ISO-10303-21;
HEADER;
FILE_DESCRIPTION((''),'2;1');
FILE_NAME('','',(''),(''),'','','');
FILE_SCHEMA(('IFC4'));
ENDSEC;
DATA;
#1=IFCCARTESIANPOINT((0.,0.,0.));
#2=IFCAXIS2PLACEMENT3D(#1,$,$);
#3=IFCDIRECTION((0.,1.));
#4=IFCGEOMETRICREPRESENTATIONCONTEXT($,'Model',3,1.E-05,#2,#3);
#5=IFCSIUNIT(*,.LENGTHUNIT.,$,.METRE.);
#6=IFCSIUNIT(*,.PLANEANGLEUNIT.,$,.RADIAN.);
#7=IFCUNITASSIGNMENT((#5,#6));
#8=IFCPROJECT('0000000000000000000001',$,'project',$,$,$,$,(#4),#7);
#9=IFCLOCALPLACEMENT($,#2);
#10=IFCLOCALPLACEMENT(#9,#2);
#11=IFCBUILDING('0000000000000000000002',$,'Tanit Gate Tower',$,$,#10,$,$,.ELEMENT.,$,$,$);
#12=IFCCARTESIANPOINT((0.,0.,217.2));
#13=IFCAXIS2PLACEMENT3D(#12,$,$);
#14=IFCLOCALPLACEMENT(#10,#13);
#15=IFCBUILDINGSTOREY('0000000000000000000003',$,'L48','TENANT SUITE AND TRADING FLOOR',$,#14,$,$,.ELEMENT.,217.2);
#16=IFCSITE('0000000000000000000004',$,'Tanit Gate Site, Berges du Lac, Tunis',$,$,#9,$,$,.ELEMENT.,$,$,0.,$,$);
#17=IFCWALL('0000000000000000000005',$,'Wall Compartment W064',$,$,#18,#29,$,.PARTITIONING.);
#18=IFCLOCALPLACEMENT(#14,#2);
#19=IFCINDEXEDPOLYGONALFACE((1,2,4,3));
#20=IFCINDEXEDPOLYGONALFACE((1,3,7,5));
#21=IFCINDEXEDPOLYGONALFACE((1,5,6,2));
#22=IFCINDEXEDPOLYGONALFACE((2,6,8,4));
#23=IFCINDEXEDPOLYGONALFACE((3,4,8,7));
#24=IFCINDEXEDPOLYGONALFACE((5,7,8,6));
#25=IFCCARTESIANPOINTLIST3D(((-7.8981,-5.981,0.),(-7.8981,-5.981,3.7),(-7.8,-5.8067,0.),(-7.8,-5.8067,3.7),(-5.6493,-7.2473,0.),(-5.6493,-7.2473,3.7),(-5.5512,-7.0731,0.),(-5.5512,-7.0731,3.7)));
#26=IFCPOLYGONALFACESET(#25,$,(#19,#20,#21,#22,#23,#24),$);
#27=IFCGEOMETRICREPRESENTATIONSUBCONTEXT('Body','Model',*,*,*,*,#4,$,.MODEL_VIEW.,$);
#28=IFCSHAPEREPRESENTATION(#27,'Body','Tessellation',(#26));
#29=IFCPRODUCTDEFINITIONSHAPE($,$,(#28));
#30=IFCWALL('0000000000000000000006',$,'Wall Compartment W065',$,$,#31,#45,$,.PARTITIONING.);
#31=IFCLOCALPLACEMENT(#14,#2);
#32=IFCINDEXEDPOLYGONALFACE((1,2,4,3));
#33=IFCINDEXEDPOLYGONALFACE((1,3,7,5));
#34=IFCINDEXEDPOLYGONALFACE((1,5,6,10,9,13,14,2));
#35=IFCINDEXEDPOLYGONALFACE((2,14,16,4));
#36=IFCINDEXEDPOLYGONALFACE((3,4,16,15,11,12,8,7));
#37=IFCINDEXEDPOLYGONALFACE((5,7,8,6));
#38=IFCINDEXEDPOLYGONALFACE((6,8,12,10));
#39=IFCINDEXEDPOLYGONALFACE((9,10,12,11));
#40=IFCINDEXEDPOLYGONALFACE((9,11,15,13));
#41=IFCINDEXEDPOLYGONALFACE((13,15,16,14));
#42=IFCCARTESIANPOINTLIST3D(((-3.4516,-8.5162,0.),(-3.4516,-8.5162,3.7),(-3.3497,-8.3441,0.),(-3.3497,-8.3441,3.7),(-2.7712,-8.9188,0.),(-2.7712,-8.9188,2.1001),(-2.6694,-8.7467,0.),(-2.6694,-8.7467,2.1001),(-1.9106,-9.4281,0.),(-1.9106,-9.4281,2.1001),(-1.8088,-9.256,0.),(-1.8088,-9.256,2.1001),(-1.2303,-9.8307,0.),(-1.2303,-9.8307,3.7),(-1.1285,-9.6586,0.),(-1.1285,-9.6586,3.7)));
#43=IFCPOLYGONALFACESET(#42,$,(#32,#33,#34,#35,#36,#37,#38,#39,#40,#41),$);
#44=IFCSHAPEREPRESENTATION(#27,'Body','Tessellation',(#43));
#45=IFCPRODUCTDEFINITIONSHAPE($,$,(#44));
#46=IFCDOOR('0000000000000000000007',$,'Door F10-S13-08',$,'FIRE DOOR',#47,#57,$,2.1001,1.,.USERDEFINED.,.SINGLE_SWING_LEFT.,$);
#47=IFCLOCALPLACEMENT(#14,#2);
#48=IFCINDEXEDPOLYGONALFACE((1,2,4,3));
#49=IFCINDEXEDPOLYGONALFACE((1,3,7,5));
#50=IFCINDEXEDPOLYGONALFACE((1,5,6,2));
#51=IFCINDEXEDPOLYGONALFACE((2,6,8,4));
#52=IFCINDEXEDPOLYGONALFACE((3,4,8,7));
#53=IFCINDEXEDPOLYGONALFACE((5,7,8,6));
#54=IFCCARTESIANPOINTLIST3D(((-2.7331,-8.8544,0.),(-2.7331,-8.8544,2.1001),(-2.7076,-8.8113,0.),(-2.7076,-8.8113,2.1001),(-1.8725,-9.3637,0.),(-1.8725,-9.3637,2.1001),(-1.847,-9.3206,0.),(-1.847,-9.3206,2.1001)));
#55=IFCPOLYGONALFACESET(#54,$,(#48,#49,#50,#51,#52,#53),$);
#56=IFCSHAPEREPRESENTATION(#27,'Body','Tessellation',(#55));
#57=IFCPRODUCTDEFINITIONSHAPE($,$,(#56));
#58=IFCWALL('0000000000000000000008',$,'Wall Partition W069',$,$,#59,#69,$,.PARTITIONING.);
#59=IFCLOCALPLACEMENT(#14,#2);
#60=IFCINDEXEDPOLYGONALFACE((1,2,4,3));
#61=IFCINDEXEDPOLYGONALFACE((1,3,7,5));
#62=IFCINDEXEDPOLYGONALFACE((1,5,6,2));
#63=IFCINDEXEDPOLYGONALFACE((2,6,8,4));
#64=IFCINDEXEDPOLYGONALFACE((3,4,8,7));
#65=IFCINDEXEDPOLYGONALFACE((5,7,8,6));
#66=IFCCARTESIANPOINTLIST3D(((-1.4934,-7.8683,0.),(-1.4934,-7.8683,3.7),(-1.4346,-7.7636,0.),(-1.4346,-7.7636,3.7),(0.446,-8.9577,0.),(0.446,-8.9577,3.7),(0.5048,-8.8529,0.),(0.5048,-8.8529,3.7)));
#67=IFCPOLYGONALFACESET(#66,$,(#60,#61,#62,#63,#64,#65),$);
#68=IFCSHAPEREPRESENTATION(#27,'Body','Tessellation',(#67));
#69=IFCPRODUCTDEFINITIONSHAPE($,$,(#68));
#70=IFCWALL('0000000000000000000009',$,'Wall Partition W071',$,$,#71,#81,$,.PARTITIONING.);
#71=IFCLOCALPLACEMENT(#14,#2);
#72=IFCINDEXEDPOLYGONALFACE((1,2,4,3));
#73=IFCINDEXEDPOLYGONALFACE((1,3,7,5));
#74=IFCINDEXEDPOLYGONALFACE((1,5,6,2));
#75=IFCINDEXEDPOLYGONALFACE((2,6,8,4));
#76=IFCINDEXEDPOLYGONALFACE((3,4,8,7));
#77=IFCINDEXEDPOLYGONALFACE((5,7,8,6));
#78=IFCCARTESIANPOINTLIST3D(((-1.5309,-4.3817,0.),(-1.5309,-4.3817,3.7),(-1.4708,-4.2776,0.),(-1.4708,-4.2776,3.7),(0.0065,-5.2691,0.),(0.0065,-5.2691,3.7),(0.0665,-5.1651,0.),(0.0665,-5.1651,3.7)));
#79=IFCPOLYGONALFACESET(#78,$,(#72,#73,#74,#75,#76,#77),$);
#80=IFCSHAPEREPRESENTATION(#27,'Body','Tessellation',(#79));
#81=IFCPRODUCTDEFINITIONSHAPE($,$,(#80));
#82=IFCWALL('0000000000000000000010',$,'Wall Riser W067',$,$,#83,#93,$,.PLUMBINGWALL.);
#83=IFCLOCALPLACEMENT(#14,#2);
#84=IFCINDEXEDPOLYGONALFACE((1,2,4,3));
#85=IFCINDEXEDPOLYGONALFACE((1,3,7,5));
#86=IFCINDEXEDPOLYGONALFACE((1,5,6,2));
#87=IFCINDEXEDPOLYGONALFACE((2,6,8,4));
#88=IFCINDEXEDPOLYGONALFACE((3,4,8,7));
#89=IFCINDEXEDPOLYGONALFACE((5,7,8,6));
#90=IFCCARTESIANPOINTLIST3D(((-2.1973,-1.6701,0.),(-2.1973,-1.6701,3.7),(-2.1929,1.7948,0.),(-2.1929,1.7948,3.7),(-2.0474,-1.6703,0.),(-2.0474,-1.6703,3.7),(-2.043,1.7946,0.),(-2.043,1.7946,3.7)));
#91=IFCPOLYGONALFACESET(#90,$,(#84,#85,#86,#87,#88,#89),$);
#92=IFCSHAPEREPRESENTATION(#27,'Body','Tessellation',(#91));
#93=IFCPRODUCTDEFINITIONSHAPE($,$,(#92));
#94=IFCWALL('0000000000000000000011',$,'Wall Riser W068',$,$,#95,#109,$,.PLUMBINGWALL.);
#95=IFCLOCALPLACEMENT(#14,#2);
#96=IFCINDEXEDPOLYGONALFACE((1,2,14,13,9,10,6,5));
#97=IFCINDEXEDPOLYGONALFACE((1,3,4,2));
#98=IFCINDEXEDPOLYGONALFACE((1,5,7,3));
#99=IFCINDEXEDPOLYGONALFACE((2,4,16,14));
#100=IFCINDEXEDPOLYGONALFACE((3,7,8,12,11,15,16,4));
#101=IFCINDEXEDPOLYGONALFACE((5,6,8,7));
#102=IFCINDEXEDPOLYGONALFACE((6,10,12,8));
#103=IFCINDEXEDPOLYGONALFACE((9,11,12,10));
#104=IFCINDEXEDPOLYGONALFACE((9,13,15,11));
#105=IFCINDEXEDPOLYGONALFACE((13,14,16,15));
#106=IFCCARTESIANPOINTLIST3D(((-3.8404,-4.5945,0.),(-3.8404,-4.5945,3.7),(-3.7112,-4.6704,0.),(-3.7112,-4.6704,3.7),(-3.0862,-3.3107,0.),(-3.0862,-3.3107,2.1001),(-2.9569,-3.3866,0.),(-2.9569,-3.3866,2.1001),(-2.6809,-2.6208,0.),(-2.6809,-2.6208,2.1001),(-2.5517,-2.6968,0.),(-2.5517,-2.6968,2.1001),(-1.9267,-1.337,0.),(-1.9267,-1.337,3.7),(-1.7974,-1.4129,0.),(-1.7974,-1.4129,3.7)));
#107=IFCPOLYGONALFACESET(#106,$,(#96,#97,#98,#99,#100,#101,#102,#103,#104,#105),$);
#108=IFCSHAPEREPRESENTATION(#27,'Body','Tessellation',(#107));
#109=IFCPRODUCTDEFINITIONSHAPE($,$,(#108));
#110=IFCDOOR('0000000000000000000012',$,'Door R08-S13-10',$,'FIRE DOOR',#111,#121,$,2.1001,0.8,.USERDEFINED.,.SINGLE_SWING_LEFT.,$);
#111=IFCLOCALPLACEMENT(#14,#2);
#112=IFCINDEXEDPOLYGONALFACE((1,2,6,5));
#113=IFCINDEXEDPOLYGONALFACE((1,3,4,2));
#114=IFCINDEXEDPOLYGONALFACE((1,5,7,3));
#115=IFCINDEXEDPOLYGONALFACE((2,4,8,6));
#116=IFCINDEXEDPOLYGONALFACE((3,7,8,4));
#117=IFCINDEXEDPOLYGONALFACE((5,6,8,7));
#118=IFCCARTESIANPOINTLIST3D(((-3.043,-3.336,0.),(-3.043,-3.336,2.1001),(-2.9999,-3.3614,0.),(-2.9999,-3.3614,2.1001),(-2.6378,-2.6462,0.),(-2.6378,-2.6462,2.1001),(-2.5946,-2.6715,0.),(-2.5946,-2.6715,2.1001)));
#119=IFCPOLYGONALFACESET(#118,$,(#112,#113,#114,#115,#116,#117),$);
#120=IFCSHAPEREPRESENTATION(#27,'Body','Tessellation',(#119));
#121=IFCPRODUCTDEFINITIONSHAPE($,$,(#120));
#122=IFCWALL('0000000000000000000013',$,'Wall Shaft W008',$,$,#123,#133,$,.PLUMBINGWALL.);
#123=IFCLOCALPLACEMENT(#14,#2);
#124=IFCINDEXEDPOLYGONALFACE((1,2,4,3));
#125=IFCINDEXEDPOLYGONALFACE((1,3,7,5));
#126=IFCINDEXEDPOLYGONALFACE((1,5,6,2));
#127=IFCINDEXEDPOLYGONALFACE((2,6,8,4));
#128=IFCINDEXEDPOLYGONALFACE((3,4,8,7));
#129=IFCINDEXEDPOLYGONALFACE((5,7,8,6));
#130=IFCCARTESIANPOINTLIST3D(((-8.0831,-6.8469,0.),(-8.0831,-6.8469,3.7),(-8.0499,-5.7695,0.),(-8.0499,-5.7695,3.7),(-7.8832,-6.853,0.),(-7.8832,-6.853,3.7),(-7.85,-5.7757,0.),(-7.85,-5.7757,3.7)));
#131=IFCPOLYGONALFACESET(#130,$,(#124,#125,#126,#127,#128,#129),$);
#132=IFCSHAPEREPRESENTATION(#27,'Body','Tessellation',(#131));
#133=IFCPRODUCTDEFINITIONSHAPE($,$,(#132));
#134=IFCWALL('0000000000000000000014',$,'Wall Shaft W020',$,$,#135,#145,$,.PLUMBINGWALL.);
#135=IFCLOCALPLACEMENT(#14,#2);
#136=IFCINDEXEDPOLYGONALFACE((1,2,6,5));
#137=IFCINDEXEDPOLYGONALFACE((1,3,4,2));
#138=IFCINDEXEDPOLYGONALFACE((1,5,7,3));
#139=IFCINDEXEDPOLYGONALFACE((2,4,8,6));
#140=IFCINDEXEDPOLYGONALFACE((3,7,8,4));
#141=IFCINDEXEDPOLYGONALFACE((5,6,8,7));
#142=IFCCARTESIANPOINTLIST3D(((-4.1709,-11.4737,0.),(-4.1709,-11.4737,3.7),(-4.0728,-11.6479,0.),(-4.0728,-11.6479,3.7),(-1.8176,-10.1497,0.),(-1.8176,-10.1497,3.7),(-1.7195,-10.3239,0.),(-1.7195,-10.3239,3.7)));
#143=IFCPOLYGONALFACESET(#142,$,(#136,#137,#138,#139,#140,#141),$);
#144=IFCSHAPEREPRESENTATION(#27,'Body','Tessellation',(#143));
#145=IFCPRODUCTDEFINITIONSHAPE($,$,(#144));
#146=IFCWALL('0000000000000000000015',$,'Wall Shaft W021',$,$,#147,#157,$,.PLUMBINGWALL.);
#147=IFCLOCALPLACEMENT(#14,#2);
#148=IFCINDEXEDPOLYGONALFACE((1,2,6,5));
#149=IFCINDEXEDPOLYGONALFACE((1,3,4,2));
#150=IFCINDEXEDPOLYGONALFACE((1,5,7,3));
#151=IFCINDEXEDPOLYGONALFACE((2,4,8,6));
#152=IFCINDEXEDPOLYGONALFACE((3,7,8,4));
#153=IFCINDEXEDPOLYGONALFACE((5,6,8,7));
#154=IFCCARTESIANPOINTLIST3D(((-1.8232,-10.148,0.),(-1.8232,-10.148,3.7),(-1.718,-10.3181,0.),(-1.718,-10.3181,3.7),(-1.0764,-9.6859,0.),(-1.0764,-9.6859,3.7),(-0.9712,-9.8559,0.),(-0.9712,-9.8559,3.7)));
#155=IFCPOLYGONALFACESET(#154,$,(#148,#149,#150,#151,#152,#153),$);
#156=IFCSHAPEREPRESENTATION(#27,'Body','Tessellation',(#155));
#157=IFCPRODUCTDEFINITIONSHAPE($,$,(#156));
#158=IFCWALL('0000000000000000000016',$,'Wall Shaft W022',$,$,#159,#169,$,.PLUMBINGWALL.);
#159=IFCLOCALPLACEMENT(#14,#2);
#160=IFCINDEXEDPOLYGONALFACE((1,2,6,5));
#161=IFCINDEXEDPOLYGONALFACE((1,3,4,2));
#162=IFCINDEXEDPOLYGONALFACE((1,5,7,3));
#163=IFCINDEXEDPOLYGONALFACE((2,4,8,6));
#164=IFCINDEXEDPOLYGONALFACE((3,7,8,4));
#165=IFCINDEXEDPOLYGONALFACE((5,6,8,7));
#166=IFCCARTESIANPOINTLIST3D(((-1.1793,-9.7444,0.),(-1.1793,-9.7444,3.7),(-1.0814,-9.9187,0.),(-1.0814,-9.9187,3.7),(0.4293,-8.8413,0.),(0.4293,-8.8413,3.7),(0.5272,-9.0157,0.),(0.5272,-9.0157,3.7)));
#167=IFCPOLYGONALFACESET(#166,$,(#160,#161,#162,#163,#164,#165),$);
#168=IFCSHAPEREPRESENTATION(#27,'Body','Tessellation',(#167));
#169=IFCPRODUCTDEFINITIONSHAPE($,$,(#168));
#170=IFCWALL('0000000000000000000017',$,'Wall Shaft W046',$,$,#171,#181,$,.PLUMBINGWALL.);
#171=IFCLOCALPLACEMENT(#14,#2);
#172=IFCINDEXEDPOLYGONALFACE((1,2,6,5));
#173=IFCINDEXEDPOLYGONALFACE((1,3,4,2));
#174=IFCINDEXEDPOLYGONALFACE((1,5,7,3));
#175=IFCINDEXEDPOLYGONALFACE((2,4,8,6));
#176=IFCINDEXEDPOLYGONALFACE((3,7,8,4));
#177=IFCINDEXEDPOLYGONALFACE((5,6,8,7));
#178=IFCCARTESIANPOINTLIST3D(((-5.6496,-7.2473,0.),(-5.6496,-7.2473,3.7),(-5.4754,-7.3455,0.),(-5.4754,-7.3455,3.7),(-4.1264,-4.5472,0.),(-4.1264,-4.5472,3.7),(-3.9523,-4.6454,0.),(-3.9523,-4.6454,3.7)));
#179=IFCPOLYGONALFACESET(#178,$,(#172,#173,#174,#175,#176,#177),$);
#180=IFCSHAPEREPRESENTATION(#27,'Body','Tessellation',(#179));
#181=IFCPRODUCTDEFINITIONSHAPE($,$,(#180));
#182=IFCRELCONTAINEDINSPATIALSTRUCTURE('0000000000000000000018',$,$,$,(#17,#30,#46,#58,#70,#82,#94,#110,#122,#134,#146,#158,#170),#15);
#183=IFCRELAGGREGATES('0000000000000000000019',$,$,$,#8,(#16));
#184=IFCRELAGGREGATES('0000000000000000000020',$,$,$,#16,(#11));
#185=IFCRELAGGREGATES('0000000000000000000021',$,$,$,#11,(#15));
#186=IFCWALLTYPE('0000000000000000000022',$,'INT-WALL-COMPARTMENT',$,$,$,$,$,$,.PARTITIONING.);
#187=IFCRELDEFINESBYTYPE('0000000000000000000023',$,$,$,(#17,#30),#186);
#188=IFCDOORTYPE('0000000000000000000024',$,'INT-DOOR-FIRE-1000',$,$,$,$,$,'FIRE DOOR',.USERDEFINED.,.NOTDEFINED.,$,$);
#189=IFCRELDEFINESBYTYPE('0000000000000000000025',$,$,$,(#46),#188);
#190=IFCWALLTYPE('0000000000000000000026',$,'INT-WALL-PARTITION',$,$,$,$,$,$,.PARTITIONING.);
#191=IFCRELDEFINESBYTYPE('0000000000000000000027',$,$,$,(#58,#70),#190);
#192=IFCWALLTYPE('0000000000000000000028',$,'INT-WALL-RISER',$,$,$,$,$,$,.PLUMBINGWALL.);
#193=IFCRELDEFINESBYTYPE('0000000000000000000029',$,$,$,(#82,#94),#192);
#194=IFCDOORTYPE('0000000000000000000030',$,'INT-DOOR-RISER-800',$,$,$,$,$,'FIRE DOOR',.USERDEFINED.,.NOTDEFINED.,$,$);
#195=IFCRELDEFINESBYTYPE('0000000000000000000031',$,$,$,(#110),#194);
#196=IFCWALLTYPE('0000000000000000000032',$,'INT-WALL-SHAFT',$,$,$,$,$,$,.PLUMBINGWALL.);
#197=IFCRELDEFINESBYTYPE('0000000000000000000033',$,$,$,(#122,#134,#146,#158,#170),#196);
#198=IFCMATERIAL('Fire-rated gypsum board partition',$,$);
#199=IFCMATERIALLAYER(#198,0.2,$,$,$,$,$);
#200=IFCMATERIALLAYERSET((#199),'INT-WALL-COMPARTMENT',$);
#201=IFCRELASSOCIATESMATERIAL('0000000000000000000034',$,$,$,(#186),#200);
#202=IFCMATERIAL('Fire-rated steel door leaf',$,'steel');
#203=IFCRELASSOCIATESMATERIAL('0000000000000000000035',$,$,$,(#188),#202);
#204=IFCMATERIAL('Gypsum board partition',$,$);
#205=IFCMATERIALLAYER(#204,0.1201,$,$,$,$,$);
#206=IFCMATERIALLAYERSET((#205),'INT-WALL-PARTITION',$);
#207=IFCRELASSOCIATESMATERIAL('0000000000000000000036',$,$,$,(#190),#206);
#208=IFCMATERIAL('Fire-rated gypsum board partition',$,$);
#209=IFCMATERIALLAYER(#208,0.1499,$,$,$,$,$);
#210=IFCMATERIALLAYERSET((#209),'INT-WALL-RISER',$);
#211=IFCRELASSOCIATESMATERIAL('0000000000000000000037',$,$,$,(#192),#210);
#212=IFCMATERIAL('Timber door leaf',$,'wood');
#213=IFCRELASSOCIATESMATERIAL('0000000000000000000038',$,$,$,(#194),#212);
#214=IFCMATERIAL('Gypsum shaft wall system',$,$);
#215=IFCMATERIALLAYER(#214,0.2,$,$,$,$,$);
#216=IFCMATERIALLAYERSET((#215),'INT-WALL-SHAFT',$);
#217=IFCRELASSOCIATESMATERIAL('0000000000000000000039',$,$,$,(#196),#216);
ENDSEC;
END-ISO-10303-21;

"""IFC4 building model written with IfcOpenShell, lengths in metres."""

from ifc_helpers import new_model, si_unit, direction, frame, frame_2d, origin, place, context, subcontext, project, spatial, rectangle, extrude, material, layer, layer_set, type_object, element, fill, save


model = new_model("IFC4")

# Units and contexts
model_context = context("Model", 3, precision=1e-05, world=origin(), true_north=direction((0.0, 1.0)))
body_context = subcontext(model_context, "Body", "Model", "MODEL_VIEW")
ifc_project = project(units=[si_unit("LENGTHUNIT", "METRE"), si_unit("PLANEANGLEUNIT", "RADIAN")], contexts=[model_context])

# Site, building, storey
site_placement = place(None, origin())
site = spatial("IfcSite", under=ifc_project, at=site_placement, Name="Tanit Gate Site, Berges du Lac, Tunis", CompositionType="ELEMENT", RefElevation=0.0)
building_placement = place(site_placement, origin())
building = spatial("IfcBuilding", under=site, at=building_placement, Name="Tanit Gate Tower", CompositionType="ELEMENT")
storey_placement = place(building_placement, frame((0.0, 0.0, 217.2)))
storey = spatial("IfcBuildingStorey", under=building, at=storey_placement, Name="L48", Description="TENANT SUITE AND TRADING FLOOR", CompositionType="ELEMENT", Elevation=217.2)

# Wall
ifc_material_1 = material(Name="Fire-rated gypsum board partition")
ifc_layer_1 = layer(ifc_material_1, 0.2)
ifc_layer_set_1 = layer_set([ifc_layer_1], Name="INT-WALL-COMPARTMENT")
wall_type_1 = type_object("IfcWallType", Name="INT-WALL-COMPARTMENT", PredefinedType="PARTITIONING", material=ifc_layer_set_1)
wall_1_placement = place(storey_placement, frame((-7.8491, -5.8938, 0.0), z_axis=(0.0, 0.0, 1.0), x_axis=(0.87134, -0.490679, 0.0)))
element("IfcWall", 1, at=wall_1_placement, inside=storey, type_object=wall_type_1, Name="Wall Compartment W064", PredefinedType="PARTITIONING", context=body_context, shape_type="SweptSolid", body=[
    extrude(rectangle(XDim=2.5808, YDim=0.2, at=frame_2d((1.2905, 0.0))), origin(), (0.0, 0.0, 1.0), 3.7),
])

# Wall, opening, door
wall_2_placement = place(storey_placement, frame((-3.4006, -8.4302, 0.0), z_axis=(0.0, 0.0, 1.0), x_axis=(0.860599, -0.509284, 0.0)))
wall_2 = element("IfcWall", 2, at=wall_2_placement, inside=storey, type_object=wall_type_1, Name="Wall Compartment W065", PredefinedType="PARTITIONING", context=body_context, shape_type="SweptSolid", body=[
    extrude(rectangle(XDim=2.5811, YDim=0.2, at=frame_2d((1.2905, 0.0))), origin(), (0.0, 0.0, 1.0), 3.7),
])
opening_1_placement = place(wall_2_placement, frame((0.7905, 0.0, 0.0)))
opening_1 = element("IfcOpeningElement", 3, at=opening_1_placement, cuts=wall_2, PredefinedType="OPENING", context=body_context, shape_type="SweptSolid", body=[
    extrude(rectangle(XDim=1.0, YDim=2.1001, at=frame_2d((0.5, 1.05))), frame((0.0, 0.1099, 0.0), z_axis=(0.0, -1.0, 0.0), x_axis=(1.0, 0.0, 0.0)), (0.0, 0.0, 1.0), 0.22),
])
ifc_material_2 = material(Name="Fire-rated steel door leaf", Category="steel")
door_type_1 = type_object("IfcDoorType", Name="INT-DOOR-FIRE-1000", ElementType="FIRE DOOR", OperationType="NOTDEFINED", PredefinedType="USERDEFINED", material=ifc_material_2)
door_1_placement = place(opening_1_placement, origin())
door_1 = element("IfcDoor", 4, at=door_1_placement, inside=storey, type_object=door_type_1, Name="Door F10-S13-08", ObjectType="FIRE DOOR", OperationType="SINGLE_SWING_LEFT", OverallHeight=2.1001, OverallWidth=1.0, PredefinedType="USERDEFINED", context=body_context, shape_type="SweptSolid", body=[
    extrude(rectangle(XDim=1.0, YDim=2.1001, at=frame_2d((0.5, 1.05))), frame((0.0, 0.0249, 0.0), z_axis=(0.0, -1.0, 0.0), x_axis=(1.0, 0.0, 0.0)), (0.0, 0.0, 1.0), 0.05),
])
fill(opening_1, door_1)

# Walls
ifc_material_3 = material(Name="Gypsum board partition")
ifc_layer_2 = layer(ifc_material_3, 0.1201)
ifc_layer_set_2 = layer_set([ifc_layer_2], Name="INT-WALL-PARTITION")
wall_type_2 = type_object("IfcWallType", Name="INT-WALL-PARTITION", PredefinedType="PARTITIONING", material=ifc_layer_set_2)
wall_3_placement = place(storey_placement, frame((-1.4641, -7.8159, 0.0), z_axis=(0.0, 0.0, 1.0), x_axis=(0.87188, -0.489719, 0.0)))
element("IfcWall", 5, at=wall_3_placement, inside=storey, type_object=wall_type_2, Name="Wall Partition W069", PredefinedType="PARTITIONING", context=body_context, shape_type="SweptSolid", body=[
    extrude(rectangle(XDim=2.2244, YDim=0.1201, at=frame_2d((1.1123, 0.0))), origin(), (0.0, 0.0, 1.0), 3.7),
])
wall_4_placement = place(storey_placement, frame((-1.501, -4.3296, 0.0), z_axis=(0.0, 0.0, 1.0), x_axis=(0.86606, -0.499941, 0.0)))
element("IfcWall", 6, at=wall_4_placement, inside=storey, type_object=wall_type_2, Name="Wall Partition W071", PredefinedType="PARTITIONING", context=body_context, shape_type="SweptSolid", body=[
    extrude(rectangle(XDim=1.7751, YDim=0.1201, at=frame_2d((0.8877, 0.0))), origin(), (0.0, 0.0, 1.0), 3.7),
])
ifc_material_4 = material(Name="Fire-rated gypsum board partition")
ifc_layer_3 = layer(ifc_material_4, 0.1499)
ifc_layer_set_3 = layer_set([ifc_layer_3], Name="INT-WALL-RISER")
wall_type_3 = type_object("IfcWallType", Name="INT-WALL-RISER", PredefinedType="PLUMBINGWALL", material=ifc_layer_set_3)
wall_5_placement = place(storey_placement, frame((-2.1223, -1.6702, 0.0), z_axis=(0.0, 0.0, 1.0), x_axis=(0.001268, 0.999999, 0.0)))
element("IfcWall", 7, at=wall_5_placement, inside=storey, type_object=wall_type_3, Name="Wall Riser W067", PredefinedType="PLUMBINGWALL", context=body_context, shape_type="SweptSolid", body=[
    extrude(rectangle(XDim=3.4648, YDim=0.1499, at=frame_2d((1.7324, 0.0))), origin(), (0.0, 0.0, 1.0), 3.7),
])

# Wall, opening, door
wall_6_placement = place(storey_placement, frame((-3.7759, -4.6326, 0.0), z_axis=(0.0, 0.0, 1.0), x_axis=(0.506548, 0.862211, 0.0)))
wall_6 = element("IfcWall", 8, at=wall_6_placement, inside=storey, type_object=wall_type_3, Name="Wall Riser W068", PredefinedType="PLUMBINGWALL", context=body_context, shape_type="SweptSolid", body=[
    extrude(rectangle(XDim=3.7781, YDim=0.1499, at=frame_2d((1.8892, 0.0))), origin(), (0.0, 0.0, 1.0), 3.7),
])
opening_2_placement = place(wall_6_placement, frame((1.4893, 0.0, 0.0)))
opening_2 = element("IfcOpeningElement", 9, at=opening_2_placement, cuts=wall_6, PredefinedType="OPENING", context=body_context, shape_type="SweptSolid", body=[
    extrude(rectangle(XDim=0.8, YDim=2.1001, at=frame_2d((0.3999, 1.05))), frame((0.0, 0.085, 0.0), z_axis=(0.0, -1.0, 0.0), x_axis=(1.0, 0.0, 0.0)), (0.0, 0.0, 1.0), 0.1699),
])
ifc_material_5 = material(Name="Timber door leaf", Category="wood")
door_type_2 = type_object("IfcDoorType", Name="INT-DOOR-RISER-800", ElementType="FIRE DOOR", OperationType="NOTDEFINED", PredefinedType="USERDEFINED", material=ifc_material_5)
door_2_placement = place(opening_2_placement, origin())
door_2 = element("IfcDoor", 10, at=door_2_placement, inside=storey, type_object=door_type_2, Name="Door R08-S13-10", ObjectType="FIRE DOOR", OperationType="SINGLE_SWING_LEFT", OverallHeight=2.1001, OverallWidth=0.8, PredefinedType="USERDEFINED", context=body_context, shape_type="SweptSolid", body=[
    extrude(rectangle(XDim=0.8, YDim=2.1001, at=frame_2d((0.3999, 1.05))), frame((0.0, 0.0249, 0.0), z_axis=(0.0, -1.0, 0.0), x_axis=(1.0, 0.0, 0.0)), (0.0, 0.0, 1.0), 0.05),
])
fill(opening_2, door_2)

# Walls
ifc_material_6 = material(Name="Gypsum shaft wall system")
ifc_layer_4 = layer(ifc_material_6, 0.2)
ifc_layer_set_4 = layer_set([ifc_layer_4], Name="INT-WALL-SHAFT")
wall_type_4 = type_object("IfcWallType", Name="INT-WALL-SHAFT", PredefinedType="PLUMBINGWALL", material=ifc_layer_set_4)
wall_7_placement = place(storey_placement, frame((-7.95, -5.7725, 0.0), z_axis=(0.0, 0.0, 1.0), x_axis=(-0.030803, -0.999525, 0.0)))
element("IfcWall", 11, at=wall_7_placement, inside=storey, type_object=wall_type_4, Name="Wall Shaft W008", PredefinedType="PLUMBINGWALL", context=body_context, shape_type="SweptSolid", body=[
    extrude(rectangle(XDim=1.0779, YDim=0.2, at=frame_2d((0.5391, 0.0))), origin(), (0.0, 0.0, 1.0), 3.7),
])
wall_8_placement = place(storey_placement, frame((-1.7686, -10.2368, 0.0), z_axis=(0.0, 0.0, 1.0), x_axis=(-0.871534, -0.490334, 0.0)))
element("IfcWall", 12, at=wall_8_placement, inside=storey, type_object=wall_type_4, Name="Wall Shaft W020", PredefinedType="PLUMBINGWALL", context=body_context, shape_type="SweptSolid", body=[
    extrude(rectangle(XDim=2.7002, YDim=0.2, at=frame_2d((1.3501, 0.0))), origin(), (0.0, 0.0, 1.0), 3.7),
])
wall_9_placement = place(storey_placement, frame((-1.0239, -9.771, 0.0), z_axis=(0.0, 0.0, 1.0), x_axis=(-0.850348, -0.526221, 0.0)))
element("IfcWall", 13, at=wall_9_placement, inside=storey, type_object=wall_type_4, Name="Wall Shaft W021", PredefinedType="PLUMBINGWALL", context=body_context, shape_type="SweptSolid", body=[
    extrude(rectangle(XDim=0.8782, YDim=0.2, at=frame_2d((0.439, 0.0))), origin(), (0.0, 0.0, 1.0), 3.7),
])
wall_10_placement = place(storey_placement, frame((-1.1304, -9.8315, 0.0), z_axis=(0.0, 0.0, 1.0), x_axis=(0.871989, 0.489526, 0.0)))
element("IfcWall", 14, at=wall_10_placement, inside=storey, type_object=wall_type_4, Name="Wall Shaft W022", PredefinedType="PLUMBINGWALL", context=body_context, shape_type="SweptSolid", body=[
    extrude(rectangle(XDim=1.8447, YDim=0.2, at=frame_2d((0.9224, 0.0))), origin(), (0.0, 0.0, 1.0), 3.7),
])

# Wall
wall_11_placement = place(storey_placement, frame((-5.5625, -7.2964, 0.0), z_axis=(0.0, 0.0, 1.0), x_axis=(0.491323, 0.870978, 0.0)))
element("IfcWall", 15, at=wall_11_placement, inside=storey, type_object=wall_type_4, Name="Wall Shaft W046", PredefinedType="PLUMBINGWALL", context=body_context, shape_type="SweptSolid", body=[
    extrude(rectangle(XDim=3.1001, YDim=0.2, at=frame_2d((1.55, 0.0))), origin(), (0.0, 0.0, 1.0), 3.7),
])

save(model, "model.ifc")
